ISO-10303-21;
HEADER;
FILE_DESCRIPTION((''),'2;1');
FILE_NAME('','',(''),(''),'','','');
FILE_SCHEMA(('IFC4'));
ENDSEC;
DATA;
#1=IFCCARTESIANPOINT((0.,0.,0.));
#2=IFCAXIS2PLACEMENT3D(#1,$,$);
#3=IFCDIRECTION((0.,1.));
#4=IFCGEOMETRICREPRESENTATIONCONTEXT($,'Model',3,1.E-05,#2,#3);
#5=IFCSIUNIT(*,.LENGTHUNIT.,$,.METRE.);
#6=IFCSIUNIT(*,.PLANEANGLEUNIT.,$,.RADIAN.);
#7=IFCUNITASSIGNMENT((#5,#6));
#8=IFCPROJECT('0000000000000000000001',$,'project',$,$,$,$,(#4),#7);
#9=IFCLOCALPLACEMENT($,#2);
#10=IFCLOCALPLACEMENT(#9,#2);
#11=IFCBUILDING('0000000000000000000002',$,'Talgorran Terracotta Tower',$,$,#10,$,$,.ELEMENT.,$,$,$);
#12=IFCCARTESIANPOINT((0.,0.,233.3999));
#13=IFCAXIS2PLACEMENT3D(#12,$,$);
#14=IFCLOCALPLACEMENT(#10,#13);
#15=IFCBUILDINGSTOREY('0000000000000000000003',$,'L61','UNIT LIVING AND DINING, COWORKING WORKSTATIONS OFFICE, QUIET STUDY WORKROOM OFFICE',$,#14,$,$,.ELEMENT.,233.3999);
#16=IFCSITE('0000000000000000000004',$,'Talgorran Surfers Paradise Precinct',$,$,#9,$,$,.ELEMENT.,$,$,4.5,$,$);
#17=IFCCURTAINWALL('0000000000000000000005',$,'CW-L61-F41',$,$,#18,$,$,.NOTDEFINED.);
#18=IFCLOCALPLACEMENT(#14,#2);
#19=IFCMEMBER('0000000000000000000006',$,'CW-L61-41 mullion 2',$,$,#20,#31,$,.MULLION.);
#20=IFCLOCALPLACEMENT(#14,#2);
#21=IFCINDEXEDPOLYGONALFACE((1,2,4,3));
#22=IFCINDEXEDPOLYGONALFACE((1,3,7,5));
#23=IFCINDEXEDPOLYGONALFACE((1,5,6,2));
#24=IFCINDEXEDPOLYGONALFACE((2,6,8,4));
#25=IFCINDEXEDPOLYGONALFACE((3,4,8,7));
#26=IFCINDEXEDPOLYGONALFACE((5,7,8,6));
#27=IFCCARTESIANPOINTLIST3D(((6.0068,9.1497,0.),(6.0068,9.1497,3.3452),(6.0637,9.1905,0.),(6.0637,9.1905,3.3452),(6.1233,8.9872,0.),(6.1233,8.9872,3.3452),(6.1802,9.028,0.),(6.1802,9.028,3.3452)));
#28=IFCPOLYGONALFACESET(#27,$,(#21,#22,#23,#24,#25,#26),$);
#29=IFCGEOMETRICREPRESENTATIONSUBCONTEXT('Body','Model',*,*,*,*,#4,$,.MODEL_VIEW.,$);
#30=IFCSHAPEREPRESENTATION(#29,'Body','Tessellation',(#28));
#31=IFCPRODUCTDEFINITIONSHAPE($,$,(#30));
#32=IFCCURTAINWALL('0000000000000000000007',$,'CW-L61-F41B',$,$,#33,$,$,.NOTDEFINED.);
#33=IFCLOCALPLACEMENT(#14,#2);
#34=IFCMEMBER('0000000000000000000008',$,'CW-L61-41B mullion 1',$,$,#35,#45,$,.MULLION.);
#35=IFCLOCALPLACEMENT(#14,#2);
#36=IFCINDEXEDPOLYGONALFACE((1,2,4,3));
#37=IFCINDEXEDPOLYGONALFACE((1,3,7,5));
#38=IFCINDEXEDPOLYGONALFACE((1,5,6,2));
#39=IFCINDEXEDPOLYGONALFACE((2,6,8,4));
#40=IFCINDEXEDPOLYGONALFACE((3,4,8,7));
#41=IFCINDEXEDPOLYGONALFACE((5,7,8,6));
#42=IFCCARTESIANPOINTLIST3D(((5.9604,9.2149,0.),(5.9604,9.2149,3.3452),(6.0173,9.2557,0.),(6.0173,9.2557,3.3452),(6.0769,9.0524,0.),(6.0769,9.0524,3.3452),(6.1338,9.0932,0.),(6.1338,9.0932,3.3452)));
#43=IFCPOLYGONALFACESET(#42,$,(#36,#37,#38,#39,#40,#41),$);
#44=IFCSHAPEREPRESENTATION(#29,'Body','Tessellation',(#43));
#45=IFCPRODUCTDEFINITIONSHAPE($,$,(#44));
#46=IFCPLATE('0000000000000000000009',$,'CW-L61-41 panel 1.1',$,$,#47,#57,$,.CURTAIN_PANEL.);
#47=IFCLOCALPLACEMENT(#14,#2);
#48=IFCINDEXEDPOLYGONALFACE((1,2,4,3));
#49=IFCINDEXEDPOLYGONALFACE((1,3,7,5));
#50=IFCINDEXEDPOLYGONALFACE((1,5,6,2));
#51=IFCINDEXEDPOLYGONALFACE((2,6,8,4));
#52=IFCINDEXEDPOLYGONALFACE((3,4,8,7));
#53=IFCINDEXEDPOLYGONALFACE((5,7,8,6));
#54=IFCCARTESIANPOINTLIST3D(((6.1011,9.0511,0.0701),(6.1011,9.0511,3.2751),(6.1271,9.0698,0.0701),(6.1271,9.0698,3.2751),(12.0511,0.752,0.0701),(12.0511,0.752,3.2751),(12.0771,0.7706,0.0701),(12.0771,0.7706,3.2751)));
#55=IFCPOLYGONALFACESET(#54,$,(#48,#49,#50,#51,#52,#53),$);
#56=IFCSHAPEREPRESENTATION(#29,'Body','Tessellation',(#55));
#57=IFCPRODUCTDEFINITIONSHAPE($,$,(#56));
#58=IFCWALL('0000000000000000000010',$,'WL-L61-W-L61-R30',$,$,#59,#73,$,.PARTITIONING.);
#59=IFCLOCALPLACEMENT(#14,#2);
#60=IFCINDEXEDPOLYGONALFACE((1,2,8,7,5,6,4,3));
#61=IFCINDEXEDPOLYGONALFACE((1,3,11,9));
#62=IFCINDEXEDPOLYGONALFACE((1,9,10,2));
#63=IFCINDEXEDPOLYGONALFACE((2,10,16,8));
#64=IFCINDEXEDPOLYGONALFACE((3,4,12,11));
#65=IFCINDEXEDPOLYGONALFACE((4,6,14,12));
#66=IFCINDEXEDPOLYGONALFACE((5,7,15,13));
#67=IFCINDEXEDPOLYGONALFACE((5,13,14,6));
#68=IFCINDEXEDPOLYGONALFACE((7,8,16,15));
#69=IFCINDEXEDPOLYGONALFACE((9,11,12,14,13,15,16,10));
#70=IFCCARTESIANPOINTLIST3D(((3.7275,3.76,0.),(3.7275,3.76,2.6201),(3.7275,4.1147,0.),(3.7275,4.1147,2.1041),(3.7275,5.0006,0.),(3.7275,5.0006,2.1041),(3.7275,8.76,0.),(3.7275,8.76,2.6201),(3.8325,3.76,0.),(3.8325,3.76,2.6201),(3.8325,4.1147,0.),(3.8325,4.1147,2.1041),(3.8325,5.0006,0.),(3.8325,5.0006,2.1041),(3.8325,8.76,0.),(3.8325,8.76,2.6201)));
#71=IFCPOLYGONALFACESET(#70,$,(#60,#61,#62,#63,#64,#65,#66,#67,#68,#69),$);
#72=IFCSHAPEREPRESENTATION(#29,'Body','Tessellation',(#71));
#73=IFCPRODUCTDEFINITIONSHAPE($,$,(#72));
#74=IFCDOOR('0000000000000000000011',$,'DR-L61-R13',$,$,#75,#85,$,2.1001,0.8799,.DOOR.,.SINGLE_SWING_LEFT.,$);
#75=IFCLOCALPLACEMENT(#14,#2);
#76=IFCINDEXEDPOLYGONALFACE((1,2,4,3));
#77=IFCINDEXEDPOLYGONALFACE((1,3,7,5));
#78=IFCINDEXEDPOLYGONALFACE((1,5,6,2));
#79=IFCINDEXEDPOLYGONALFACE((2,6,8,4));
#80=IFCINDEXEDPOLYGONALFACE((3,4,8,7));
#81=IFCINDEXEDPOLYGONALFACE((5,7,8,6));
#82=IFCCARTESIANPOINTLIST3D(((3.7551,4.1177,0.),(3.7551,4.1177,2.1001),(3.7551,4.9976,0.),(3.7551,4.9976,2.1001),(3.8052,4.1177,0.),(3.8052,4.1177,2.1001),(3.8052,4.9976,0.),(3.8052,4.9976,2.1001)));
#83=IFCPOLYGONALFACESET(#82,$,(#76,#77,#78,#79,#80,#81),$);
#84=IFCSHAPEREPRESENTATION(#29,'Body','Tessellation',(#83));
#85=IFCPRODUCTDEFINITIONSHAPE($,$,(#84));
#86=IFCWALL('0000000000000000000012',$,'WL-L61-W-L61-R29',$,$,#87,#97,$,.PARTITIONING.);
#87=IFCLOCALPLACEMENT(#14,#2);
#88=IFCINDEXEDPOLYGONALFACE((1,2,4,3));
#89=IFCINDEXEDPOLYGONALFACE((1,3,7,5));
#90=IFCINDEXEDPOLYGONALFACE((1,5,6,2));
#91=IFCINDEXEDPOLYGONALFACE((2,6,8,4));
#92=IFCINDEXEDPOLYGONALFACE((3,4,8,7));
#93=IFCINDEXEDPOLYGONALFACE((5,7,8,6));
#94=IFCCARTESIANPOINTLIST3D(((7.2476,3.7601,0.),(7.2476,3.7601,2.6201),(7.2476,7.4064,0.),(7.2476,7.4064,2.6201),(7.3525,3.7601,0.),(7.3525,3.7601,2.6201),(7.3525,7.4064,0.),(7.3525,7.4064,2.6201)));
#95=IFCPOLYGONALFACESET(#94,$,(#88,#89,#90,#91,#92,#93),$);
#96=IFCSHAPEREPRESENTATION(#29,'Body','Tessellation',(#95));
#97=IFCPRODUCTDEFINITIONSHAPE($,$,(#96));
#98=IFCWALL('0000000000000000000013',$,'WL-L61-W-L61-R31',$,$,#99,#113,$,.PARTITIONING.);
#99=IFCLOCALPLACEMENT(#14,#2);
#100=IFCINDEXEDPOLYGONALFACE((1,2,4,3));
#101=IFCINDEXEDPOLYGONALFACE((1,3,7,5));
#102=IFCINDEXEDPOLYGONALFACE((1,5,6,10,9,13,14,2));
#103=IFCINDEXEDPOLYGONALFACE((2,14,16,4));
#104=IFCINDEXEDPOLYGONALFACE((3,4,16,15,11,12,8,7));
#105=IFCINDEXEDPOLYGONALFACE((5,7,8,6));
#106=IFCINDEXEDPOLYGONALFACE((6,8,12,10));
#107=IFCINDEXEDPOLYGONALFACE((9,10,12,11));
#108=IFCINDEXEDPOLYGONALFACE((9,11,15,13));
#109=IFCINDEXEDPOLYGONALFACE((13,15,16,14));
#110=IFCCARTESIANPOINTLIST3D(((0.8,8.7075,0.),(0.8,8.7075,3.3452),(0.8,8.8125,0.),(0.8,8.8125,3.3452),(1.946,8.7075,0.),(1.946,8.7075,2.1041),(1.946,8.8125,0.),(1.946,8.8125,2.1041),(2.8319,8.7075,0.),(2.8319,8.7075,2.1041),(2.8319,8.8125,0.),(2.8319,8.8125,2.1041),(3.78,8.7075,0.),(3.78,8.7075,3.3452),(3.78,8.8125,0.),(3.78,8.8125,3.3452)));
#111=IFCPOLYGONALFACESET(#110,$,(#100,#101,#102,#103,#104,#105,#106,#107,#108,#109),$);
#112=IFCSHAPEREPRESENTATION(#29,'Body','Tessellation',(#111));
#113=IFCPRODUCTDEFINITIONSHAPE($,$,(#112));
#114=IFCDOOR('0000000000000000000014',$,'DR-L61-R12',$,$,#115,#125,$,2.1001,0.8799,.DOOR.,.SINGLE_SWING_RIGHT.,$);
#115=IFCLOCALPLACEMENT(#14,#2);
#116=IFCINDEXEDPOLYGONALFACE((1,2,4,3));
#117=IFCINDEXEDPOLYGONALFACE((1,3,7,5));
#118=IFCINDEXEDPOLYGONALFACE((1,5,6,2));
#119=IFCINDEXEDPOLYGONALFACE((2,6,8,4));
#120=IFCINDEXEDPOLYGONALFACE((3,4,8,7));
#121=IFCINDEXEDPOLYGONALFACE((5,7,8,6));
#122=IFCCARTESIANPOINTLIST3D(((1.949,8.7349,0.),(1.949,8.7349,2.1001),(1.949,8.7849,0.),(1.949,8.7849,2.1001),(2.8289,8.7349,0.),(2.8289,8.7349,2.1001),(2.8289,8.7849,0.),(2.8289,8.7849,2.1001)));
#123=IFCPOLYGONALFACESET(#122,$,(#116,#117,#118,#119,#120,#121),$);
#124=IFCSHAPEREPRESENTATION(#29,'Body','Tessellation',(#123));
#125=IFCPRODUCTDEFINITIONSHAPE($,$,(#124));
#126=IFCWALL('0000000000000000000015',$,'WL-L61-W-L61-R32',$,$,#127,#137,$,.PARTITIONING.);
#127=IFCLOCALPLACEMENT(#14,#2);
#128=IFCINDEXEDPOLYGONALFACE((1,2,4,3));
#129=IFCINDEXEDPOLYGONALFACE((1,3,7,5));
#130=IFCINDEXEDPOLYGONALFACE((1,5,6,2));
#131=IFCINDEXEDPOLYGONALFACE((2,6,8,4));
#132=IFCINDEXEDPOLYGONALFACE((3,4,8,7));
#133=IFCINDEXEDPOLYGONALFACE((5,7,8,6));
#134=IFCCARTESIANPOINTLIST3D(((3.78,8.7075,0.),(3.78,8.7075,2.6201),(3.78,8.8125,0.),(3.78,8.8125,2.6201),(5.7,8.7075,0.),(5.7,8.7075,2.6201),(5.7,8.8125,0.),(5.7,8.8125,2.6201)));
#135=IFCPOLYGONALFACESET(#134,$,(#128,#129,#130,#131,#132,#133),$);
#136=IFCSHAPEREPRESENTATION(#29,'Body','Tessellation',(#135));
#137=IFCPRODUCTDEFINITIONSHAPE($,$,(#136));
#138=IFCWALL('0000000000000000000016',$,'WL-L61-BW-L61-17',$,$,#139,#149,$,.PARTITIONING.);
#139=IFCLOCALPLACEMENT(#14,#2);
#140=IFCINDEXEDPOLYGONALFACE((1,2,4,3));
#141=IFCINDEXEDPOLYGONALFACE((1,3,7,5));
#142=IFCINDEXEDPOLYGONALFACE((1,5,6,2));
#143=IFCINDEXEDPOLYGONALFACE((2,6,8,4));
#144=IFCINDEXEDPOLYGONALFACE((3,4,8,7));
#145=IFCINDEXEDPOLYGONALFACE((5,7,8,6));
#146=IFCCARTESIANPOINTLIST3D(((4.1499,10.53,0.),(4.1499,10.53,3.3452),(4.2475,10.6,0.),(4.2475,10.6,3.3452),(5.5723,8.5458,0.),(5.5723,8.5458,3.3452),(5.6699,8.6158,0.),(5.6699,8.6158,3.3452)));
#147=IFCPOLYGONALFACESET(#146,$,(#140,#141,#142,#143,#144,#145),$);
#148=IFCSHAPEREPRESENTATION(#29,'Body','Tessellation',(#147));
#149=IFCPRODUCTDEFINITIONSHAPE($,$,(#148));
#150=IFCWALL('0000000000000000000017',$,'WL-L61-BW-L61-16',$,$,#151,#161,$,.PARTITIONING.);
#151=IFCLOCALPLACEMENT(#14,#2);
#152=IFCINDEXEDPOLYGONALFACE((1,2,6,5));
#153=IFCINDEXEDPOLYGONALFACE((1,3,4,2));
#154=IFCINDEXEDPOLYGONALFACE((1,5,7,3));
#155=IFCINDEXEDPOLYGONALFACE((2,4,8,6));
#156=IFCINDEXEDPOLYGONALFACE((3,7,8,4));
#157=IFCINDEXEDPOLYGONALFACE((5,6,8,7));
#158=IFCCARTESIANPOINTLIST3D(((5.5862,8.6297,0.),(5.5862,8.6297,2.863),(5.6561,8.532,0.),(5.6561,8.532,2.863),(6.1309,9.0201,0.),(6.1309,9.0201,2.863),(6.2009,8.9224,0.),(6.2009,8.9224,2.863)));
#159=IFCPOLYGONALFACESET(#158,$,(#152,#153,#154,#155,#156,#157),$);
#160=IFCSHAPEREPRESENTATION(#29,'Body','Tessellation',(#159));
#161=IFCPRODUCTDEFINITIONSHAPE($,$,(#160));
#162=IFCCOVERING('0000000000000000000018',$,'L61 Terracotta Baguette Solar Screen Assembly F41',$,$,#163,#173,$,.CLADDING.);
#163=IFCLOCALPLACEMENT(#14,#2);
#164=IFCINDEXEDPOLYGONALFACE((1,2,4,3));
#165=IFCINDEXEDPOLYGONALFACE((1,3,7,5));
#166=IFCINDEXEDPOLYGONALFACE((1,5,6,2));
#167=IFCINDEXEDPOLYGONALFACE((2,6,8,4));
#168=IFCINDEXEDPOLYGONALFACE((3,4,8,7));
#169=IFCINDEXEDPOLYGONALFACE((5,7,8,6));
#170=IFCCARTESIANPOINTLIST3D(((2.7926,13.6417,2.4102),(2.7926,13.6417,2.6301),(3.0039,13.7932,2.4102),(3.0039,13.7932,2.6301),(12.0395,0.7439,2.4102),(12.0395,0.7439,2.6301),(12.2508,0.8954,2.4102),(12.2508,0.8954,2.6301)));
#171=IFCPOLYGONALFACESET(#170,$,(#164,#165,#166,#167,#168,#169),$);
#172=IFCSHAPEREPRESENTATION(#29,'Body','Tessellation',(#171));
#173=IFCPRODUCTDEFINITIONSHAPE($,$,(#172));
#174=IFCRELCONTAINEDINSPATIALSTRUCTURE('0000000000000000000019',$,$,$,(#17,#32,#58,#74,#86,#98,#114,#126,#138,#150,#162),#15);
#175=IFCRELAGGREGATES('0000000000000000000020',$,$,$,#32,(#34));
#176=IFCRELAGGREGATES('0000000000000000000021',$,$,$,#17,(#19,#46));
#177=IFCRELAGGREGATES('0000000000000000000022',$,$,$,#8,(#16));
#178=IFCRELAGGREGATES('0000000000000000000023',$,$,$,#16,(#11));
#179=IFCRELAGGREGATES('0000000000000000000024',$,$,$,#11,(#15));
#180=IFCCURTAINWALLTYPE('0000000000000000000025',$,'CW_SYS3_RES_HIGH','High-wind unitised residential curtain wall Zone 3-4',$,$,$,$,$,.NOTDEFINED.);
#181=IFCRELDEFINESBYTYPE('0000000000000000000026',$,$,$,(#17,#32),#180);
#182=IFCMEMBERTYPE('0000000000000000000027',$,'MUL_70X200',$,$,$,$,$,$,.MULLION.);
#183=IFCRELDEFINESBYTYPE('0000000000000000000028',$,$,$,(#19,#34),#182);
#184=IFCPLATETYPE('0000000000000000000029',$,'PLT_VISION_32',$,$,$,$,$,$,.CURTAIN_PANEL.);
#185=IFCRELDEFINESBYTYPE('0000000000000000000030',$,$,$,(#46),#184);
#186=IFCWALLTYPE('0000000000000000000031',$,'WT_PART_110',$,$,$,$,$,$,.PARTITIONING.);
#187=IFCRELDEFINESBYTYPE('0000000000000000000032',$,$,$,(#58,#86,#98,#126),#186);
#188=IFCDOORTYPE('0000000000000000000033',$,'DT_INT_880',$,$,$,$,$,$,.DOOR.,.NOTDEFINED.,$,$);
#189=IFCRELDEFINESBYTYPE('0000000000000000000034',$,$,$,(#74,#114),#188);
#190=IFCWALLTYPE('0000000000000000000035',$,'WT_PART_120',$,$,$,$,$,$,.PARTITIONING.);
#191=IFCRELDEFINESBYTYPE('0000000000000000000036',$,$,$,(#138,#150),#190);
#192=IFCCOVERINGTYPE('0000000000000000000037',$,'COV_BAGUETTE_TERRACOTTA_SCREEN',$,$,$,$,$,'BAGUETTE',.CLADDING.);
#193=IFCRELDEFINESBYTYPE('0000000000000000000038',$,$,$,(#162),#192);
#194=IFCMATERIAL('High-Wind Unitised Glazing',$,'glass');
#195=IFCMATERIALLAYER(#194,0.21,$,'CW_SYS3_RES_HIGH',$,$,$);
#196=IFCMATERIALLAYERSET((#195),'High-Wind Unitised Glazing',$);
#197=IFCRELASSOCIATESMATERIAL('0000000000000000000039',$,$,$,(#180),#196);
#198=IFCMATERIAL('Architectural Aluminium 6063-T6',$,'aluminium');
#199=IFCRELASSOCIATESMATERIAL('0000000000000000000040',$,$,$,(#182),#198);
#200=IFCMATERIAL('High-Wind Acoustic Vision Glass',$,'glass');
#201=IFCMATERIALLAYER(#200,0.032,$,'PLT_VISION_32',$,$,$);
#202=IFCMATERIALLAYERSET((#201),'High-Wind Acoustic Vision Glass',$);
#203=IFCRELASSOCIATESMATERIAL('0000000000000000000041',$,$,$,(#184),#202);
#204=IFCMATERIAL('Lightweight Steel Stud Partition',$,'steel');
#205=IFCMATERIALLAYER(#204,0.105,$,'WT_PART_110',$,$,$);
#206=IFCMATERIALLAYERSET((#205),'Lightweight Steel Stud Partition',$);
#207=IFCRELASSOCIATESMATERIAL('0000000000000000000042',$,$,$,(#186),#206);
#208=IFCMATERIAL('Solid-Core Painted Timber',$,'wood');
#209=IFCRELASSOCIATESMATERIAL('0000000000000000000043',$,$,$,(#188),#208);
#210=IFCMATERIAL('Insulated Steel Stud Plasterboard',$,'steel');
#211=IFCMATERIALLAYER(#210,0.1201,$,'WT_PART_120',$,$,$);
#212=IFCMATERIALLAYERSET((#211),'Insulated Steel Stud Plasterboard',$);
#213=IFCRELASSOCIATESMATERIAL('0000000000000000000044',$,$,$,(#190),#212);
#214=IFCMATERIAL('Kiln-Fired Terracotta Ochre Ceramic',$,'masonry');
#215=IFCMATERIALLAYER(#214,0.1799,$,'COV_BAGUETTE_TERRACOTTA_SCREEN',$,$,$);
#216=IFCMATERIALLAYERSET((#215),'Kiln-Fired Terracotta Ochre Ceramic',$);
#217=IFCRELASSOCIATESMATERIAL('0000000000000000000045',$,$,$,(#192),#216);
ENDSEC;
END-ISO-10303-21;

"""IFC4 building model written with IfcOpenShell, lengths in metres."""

from ifc_helpers import new_model, si_unit, direction, frame, frame_2d, origin, origin_2d, place, context, subcontext, project, spatial, rectangle, extrude, source, transform, mapped, material, layer, layer_set, material_profile, profile_set, type_object, type_shapes, element, fill, aggregate, save


model = new_model("IFC4")

# Units and contexts
model_context = context("Model", 3, precision=1e-05, world=origin(), true_north=direction((0.0, 1.0)))
body_context = subcontext(model_context, "Body", "Model", "MODEL_VIEW")
ifc_project = project(units=[si_unit("LENGTHUNIT", "METRE"), si_unit("PLANEANGLEUNIT", "RADIAN")], contexts=[model_context])

# Site, building, storey
site_placement = place(None, origin())
site = spatial("IfcSite", under=ifc_project, at=site_placement, Name="Talgorran Surfers Paradise Precinct", CompositionType="ELEMENT", RefElevation=4.5)
building_placement = place(site_placement, origin())
building = spatial("IfcBuilding", under=site, at=building_placement, Name="Talgorran Terracotta Tower", CompositionType="ELEMENT")
storey_placement = place(building_placement, frame((0.0, 0.0, 233.3999)))
storey = spatial("IfcBuildingStorey", under=building, at=storey_placement, Name="L61", Description="UNIT LIVING AND DINING, COWORKING WORKSTATIONS OFFICE, QUIET STUDY WORKROOM OFFICE", CompositionType="ELEMENT", Elevation=233.3999)

# Curtain walls, members
ifc_material_1 = material(Name="High-Wind Unitised Glazing", Category="glass")
ifc_layer_1 = layer(ifc_material_1, 0.21, Name="CW_SYS3_RES_HIGH")
ifc_layer_set_1 = layer_set([ifc_layer_1], Name="High-Wind Unitised Glazing")
curtain_wall_type = type_object("IfcCurtainWallType", Name="CW_SYS3_RES_HIGH", Description="High-wind unitised residential curtain wall Zone 3-4", PredefinedType="NOTDEFINED", material=ifc_layer_set_1)
curtain_wall_1_placement = place(storey_placement, origin())
curtain_wall_1 = element("IfcCurtainWall", 1, at=curtain_wall_1_placement, inside=storey, type_object=curtain_wall_type, Name="CW-L61-F41", PredefinedType="NOTDEFINED")
ifc_material_2 = material(Name="Architectural Aluminium 6063-T6", Category="aluminium")
ifc_material_profile_1 = material_profile(ifc_material_2, rectangle(XDim=0.0701, YDim=0.2, at=origin_2d()), Name="CWM70X200")
ifc_profile_set_1 = profile_set([ifc_material_profile_1], Name="Architectural Aluminium 6063-T6")
member_type = type_object("IfcMemberType", Name="MUL_70X200", PredefinedType="MULLION", material=ifc_profile_set_1)
member_1_placement = place(storey_placement, frame((6.0935, 9.0889, 0.0), z_axis=(0.0, 0.0, 1.0), x_axis=(-0.812713, -0.582665, 0.0)))
member_1 = element("IfcMember", 2, at=member_1_placement, type_object=member_type, Name="CW-L61-41 mullion 2", PredefinedType="MULLION", context=body_context, shape_type="SweptSolid", body=[
    extrude(rectangle(XDim=0.0701, YDim=0.2, at=origin_2d()), origin(), (0.0, 0.0, 1.0), 3.3452),
])
curtain_wall_2_placement = place(storey_placement, origin())
curtain_wall_2 = element("IfcCurtainWall", 3, at=curtain_wall_2_placement, inside=storey, type_object=curtain_wall_type, Name="CW-L61-F41B", PredefinedType="NOTDEFINED")
member_2_placement = place(storey_placement, frame((6.0471, 9.1541, 0.0), z_axis=(0.0, 0.0, 1.0), x_axis=(-0.8127, -0.582682, 0.0)))
member_2 = element("IfcMember", 4, at=member_2_placement, type_object=member_type, Name="CW-L61-41B mullion 1", PredefinedType="MULLION", context=body_context, shape_type="SweptSolid", body=[
    extrude(rectangle(XDim=0.0701, YDim=0.2, at=origin_2d()), origin(), (0.0, 0.0, 1.0), 3.3452),
])
aggregate(curtain_wall_2, [member_2])

# Plate
ifc_material_3 = material(Name="High-Wind Acoustic Vision Glass", Category="glass")
ifc_layer_2 = layer(ifc_material_3, 0.032, Name="PLT_VISION_32")
ifc_layer_set_2 = layer_set([ifc_layer_2], Name="High-Wind Acoustic Vision Glass")
plate_type = type_object("IfcPlateType", Name="PLT_VISION_32", PredefinedType="CURTAIN_PANEL", material=ifc_layer_set_2)
shared_shape = source(origin(), body_context, "Body", "SweptSolid", [
    extrude(rectangle(XDim=10.2117, YDim=0.032, at=origin_2d()), origin(), (0.0, 0.0, 1.0), 3.2051),
])
type_shapes(plate_type, [shared_shape])
plate_placement = place(storey_placement, frame((9.0891, 4.9109, 0.0701), z_axis=(0.0, 0.0, 1.0), x_axis=(-0.582665, 0.812713, 0.0)))
plate = element("IfcPlate", 5, at=plate_placement, type_object=plate_type, Name="CW-L61-41 panel 1.1", PredefinedType="CURTAIN_PANEL", context=body_context, shape_type="MappedRepresentation", body=[
    mapped(shared_shape, transform((0.0, 0.0, 0.0), scale=1.0)),
])
aggregate(curtain_wall_1, [member_1, plate])

# Wall, opening, door
ifc_material_4 = material(Name="Lightweight Steel Stud Partition", Category="steel")
ifc_layer_3 = layer(ifc_material_4, 0.105, Name="WT_PART_110")
ifc_layer_set_3 = layer_set([ifc_layer_3], Name="Lightweight Steel Stud Partition")
wall_type_1 = type_object("IfcWallType", Name="WT_PART_110", PredefinedType="PARTITIONING", material=ifc_layer_set_3)
wall_1_placement = place(storey_placement, frame((3.78, 3.76, 0.0), z_axis=(0.0, 0.0, 1.0), x_axis=(0.0, 1.0, 0.0)))
wall_1 = element("IfcWall", 6, at=wall_1_placement, inside=storey, type_object=wall_type_1, Name="WL-L61-W-L61-R30", PredefinedType="PARTITIONING", context=body_context, shape_type="SweptSolid", body=[
    extrude(rectangle(XDim=5.0, YDim=0.105, at=frame_2d((2.5, 0.0))), origin(), (0.0, 0.0, 1.0), 2.6201),
])
opening_1_placement = place(wall_1_placement, frame((0.3577, 0.0, 0.0)))
opening_1 = element("IfcOpeningElement", 7, at=opening_1_placement, cuts=wall_1, PredefinedType="OPENING", context=body_context, shape_type="SweptSolid", body=[
    extrude(rectangle(XDim=0.8859, YDim=2.1041, at=frame_2d((0.4399, 1.052))), frame((0.0, 0.0625, 0.0), z_axis=(0.0, -1.0, 0.0), x_axis=(1.0, 0.0, 0.0)), (0.0, 0.0, 1.0), 0.125),
])
ifc_material_5 = material(Name="Solid-Core Painted Timber", Category="wood")
door_type = type_object("IfcDoorType", Name="DT_INT_880", OperationType="NOTDEFINED", PredefinedType="DOOR", material=ifc_material_5)
door_1_placement = place(opening_1_placement, origin())
door_1 = element("IfcDoor", 8, at=door_1_placement, inside=storey, type_object=door_type, Name="DR-L61-R13", OperationType="SINGLE_SWING_LEFT", OverallHeight=2.1001, OverallWidth=0.8799, PredefinedType="DOOR", context=body_context, shape_type="SweptSolid", body=[
    extrude(rectangle(XDim=0.8799, YDim=2.1001, at=frame_2d((0.4399, 1.05))), frame((0.0, 0.0249, 0.0), z_axis=(0.0, -1.0, 0.0), x_axis=(1.0, 0.0, 0.0)), (0.0, 0.0, 1.0), 0.05),
])
fill(opening_1, door_1)

# Wall
wall_2_placement = place(storey_placement, frame((7.3, 3.76, 0.0), z_axis=(0.0, 0.0, 1.0), x_axis=(0.0, 1.0, 0.0)))
element("IfcWall", 9, at=wall_2_placement, inside=storey, type_object=wall_type_1, Name="WL-L61-W-L61-R29", PredefinedType="PARTITIONING", context=body_context, shape_type="SweptSolid", body=[
    extrude(rectangle(XDim=3.6462, YDim=0.105, at=frame_2d((1.8232, 0.0))), origin(), (0.0, 0.0, 1.0), 2.6201),
])

# Wall, opening, door
wall_3_placement = place(storey_placement, frame((0.8, 8.76, 0.0), z_axis=(0.0, 0.0, 1.0), x_axis=(1.0, 0.0, 0.0)))
wall_3 = element("IfcWall", 10, at=wall_3_placement, inside=storey, type_object=wall_type_1, Name="WL-L61-W-L61-R31", PredefinedType="PARTITIONING", context=body_context, shape_type="SweptSolid", body=[
    extrude(rectangle(XDim=2.98, YDim=0.105, at=frame_2d((1.49, 0.0))), origin(), (0.0, 0.0, 1.0), 3.3452),
])
opening_2_placement = place(wall_3_placement, frame((1.1489, 0.0, 0.0)))
opening_2 = element("IfcOpeningElement", 11, at=opening_2_placement, cuts=wall_3, PredefinedType="OPENING", context=body_context, shape_type="SweptSolid", body=[
    extrude(rectangle(XDim=0.8859, YDim=2.1041, at=frame_2d((0.4399, 1.052))), frame((0.0, 0.0625, 0.0), z_axis=(0.0, -1.0, 0.0), x_axis=(1.0, 0.0, 0.0)), (0.0, 0.0, 1.0), 0.125),
])
door_2_placement = place(opening_2_placement, origin())
door_2 = element("IfcDoor", 12, at=door_2_placement, inside=storey, type_object=door_type, Name="DR-L61-R12", OperationType="SINGLE_SWING_RIGHT", OverallHeight=2.1001, OverallWidth=0.8799, PredefinedType="DOOR", context=body_context, shape_type="SweptSolid", body=[
    extrude(rectangle(XDim=0.8799, YDim=2.1001, at=frame_2d((0.4399, 1.05))), frame((0.0, 0.0249, 0.0), z_axis=(0.0, -1.0, 0.0), x_axis=(1.0, 0.0, 0.0)), (0.0, 0.0, 1.0), 0.05),
])
fill(opening_2, door_2)

# Walls
wall_4_placement = place(storey_placement, frame((3.78, 8.76, 0.0), z_axis=(0.0, 0.0, 1.0), x_axis=(1.0, 0.0, 0.0)))
element("IfcWall", 13, at=wall_4_placement, inside=storey, type_object=wall_type_1, Name="WL-L61-W-L61-R32", PredefinedType="PARTITIONING", context=body_context, shape_type="SweptSolid", body=[
    extrude(rectangle(XDim=1.9199, YDim=0.105, at=frame_2d((0.96, 0.0))), origin(), (0.0, 0.0, 1.0), 2.6201),
])
ifc_material_6 = material(Name="Insulated Steel Stud Plasterboard", Category="steel")
ifc_layer_4 = layer(ifc_material_6, 0.1201, Name="WT_PART_120")
ifc_layer_set_4 = layer_set([ifc_layer_4], Name="Insulated Steel Stud Plasterboard")
wall_type_2 = type_object("IfcWallType", Name="WT_PART_120", PredefinedType="PARTITIONING", material=ifc_layer_set_4)
wall_5_placement = place(storey_placement, frame((5.6211, 8.5808, 0.0), z_axis=(0.0, 0.0, 1.0), x_axis=(-0.582628, 0.812739, 0.0)))
element("IfcWall", 14, at=wall_5_placement, inside=storey, type_object=wall_type_2, Name="WL-L61-BW-L61-17", PredefinedType="PARTITIONING", context=body_context, shape_type="SweptSolid", body=[
    extrude(rectangle(XDim=2.4414, YDim=0.1201, at=frame_2d((1.2207, 0.0))), origin(), (0.0, 0.0, 1.0), 3.3452),
])
wall_6_placement = place(storey_placement, frame((6.1658, 8.9712, 0.0), z_axis=(0.0, 0.0, 1.0), x_axis=(-0.812797, -0.582547, 0.0)))
element("IfcWall", 15, at=wall_6_placement, inside=storey, type_object=wall_type_2, Name="WL-L61-BW-L61-16", PredefinedType="PARTITIONING", context=body_context, shape_type="SweptSolid", body=[
    extrude(rectangle(XDim=0.6702, YDim=0.1201, at=frame_2d((0.335, 0.0))), origin(), (0.0, 0.0, 1.0), 2.863),
])

# Covering
ifc_material_7 = material(Name="Kiln-Fired Terracotta Ochre Ceramic", Category="masonry")
ifc_layer_5 = layer(ifc_material_7, 0.1799, Name="COV_BAGUETTE_TERRACOTTA_SCREEN")
ifc_layer_set_5 = layer_set([ifc_layer_5], Name="Kiln-Fired Terracotta Ochre Ceramic")
covering_type_1 = type_object("IfcCoveringType", Name="COV_BAGUETTE_TERRACOTTA_SCREEN", ElementType="BAGUETTE", PredefinedType="CLADDING", material=ifc_layer_set_5)
covering_1_placement = place(storey_placement, frame((7.5217, 7.2686, 2.4102), z_axis=(0.0, 0.0, 1.0), x_axis=(-0.582662, 0.812715, 0.0)))
element("IfcCovering", 16, at=covering_1_placement, inside=storey, type_object=covering_type_1, Name="L61 Terracotta Baguette Solar Screen Assembly F41", PredefinedType="CLADDING", context=body_context, shape_type="SweptSolid", body=[
    extrude(rectangle(XDim=15.8701, YDim=0.26, at=origin_2d()), origin(), (0.0, 0.0, 1.0), 0.22),
])

save(model, "model.ifc")
